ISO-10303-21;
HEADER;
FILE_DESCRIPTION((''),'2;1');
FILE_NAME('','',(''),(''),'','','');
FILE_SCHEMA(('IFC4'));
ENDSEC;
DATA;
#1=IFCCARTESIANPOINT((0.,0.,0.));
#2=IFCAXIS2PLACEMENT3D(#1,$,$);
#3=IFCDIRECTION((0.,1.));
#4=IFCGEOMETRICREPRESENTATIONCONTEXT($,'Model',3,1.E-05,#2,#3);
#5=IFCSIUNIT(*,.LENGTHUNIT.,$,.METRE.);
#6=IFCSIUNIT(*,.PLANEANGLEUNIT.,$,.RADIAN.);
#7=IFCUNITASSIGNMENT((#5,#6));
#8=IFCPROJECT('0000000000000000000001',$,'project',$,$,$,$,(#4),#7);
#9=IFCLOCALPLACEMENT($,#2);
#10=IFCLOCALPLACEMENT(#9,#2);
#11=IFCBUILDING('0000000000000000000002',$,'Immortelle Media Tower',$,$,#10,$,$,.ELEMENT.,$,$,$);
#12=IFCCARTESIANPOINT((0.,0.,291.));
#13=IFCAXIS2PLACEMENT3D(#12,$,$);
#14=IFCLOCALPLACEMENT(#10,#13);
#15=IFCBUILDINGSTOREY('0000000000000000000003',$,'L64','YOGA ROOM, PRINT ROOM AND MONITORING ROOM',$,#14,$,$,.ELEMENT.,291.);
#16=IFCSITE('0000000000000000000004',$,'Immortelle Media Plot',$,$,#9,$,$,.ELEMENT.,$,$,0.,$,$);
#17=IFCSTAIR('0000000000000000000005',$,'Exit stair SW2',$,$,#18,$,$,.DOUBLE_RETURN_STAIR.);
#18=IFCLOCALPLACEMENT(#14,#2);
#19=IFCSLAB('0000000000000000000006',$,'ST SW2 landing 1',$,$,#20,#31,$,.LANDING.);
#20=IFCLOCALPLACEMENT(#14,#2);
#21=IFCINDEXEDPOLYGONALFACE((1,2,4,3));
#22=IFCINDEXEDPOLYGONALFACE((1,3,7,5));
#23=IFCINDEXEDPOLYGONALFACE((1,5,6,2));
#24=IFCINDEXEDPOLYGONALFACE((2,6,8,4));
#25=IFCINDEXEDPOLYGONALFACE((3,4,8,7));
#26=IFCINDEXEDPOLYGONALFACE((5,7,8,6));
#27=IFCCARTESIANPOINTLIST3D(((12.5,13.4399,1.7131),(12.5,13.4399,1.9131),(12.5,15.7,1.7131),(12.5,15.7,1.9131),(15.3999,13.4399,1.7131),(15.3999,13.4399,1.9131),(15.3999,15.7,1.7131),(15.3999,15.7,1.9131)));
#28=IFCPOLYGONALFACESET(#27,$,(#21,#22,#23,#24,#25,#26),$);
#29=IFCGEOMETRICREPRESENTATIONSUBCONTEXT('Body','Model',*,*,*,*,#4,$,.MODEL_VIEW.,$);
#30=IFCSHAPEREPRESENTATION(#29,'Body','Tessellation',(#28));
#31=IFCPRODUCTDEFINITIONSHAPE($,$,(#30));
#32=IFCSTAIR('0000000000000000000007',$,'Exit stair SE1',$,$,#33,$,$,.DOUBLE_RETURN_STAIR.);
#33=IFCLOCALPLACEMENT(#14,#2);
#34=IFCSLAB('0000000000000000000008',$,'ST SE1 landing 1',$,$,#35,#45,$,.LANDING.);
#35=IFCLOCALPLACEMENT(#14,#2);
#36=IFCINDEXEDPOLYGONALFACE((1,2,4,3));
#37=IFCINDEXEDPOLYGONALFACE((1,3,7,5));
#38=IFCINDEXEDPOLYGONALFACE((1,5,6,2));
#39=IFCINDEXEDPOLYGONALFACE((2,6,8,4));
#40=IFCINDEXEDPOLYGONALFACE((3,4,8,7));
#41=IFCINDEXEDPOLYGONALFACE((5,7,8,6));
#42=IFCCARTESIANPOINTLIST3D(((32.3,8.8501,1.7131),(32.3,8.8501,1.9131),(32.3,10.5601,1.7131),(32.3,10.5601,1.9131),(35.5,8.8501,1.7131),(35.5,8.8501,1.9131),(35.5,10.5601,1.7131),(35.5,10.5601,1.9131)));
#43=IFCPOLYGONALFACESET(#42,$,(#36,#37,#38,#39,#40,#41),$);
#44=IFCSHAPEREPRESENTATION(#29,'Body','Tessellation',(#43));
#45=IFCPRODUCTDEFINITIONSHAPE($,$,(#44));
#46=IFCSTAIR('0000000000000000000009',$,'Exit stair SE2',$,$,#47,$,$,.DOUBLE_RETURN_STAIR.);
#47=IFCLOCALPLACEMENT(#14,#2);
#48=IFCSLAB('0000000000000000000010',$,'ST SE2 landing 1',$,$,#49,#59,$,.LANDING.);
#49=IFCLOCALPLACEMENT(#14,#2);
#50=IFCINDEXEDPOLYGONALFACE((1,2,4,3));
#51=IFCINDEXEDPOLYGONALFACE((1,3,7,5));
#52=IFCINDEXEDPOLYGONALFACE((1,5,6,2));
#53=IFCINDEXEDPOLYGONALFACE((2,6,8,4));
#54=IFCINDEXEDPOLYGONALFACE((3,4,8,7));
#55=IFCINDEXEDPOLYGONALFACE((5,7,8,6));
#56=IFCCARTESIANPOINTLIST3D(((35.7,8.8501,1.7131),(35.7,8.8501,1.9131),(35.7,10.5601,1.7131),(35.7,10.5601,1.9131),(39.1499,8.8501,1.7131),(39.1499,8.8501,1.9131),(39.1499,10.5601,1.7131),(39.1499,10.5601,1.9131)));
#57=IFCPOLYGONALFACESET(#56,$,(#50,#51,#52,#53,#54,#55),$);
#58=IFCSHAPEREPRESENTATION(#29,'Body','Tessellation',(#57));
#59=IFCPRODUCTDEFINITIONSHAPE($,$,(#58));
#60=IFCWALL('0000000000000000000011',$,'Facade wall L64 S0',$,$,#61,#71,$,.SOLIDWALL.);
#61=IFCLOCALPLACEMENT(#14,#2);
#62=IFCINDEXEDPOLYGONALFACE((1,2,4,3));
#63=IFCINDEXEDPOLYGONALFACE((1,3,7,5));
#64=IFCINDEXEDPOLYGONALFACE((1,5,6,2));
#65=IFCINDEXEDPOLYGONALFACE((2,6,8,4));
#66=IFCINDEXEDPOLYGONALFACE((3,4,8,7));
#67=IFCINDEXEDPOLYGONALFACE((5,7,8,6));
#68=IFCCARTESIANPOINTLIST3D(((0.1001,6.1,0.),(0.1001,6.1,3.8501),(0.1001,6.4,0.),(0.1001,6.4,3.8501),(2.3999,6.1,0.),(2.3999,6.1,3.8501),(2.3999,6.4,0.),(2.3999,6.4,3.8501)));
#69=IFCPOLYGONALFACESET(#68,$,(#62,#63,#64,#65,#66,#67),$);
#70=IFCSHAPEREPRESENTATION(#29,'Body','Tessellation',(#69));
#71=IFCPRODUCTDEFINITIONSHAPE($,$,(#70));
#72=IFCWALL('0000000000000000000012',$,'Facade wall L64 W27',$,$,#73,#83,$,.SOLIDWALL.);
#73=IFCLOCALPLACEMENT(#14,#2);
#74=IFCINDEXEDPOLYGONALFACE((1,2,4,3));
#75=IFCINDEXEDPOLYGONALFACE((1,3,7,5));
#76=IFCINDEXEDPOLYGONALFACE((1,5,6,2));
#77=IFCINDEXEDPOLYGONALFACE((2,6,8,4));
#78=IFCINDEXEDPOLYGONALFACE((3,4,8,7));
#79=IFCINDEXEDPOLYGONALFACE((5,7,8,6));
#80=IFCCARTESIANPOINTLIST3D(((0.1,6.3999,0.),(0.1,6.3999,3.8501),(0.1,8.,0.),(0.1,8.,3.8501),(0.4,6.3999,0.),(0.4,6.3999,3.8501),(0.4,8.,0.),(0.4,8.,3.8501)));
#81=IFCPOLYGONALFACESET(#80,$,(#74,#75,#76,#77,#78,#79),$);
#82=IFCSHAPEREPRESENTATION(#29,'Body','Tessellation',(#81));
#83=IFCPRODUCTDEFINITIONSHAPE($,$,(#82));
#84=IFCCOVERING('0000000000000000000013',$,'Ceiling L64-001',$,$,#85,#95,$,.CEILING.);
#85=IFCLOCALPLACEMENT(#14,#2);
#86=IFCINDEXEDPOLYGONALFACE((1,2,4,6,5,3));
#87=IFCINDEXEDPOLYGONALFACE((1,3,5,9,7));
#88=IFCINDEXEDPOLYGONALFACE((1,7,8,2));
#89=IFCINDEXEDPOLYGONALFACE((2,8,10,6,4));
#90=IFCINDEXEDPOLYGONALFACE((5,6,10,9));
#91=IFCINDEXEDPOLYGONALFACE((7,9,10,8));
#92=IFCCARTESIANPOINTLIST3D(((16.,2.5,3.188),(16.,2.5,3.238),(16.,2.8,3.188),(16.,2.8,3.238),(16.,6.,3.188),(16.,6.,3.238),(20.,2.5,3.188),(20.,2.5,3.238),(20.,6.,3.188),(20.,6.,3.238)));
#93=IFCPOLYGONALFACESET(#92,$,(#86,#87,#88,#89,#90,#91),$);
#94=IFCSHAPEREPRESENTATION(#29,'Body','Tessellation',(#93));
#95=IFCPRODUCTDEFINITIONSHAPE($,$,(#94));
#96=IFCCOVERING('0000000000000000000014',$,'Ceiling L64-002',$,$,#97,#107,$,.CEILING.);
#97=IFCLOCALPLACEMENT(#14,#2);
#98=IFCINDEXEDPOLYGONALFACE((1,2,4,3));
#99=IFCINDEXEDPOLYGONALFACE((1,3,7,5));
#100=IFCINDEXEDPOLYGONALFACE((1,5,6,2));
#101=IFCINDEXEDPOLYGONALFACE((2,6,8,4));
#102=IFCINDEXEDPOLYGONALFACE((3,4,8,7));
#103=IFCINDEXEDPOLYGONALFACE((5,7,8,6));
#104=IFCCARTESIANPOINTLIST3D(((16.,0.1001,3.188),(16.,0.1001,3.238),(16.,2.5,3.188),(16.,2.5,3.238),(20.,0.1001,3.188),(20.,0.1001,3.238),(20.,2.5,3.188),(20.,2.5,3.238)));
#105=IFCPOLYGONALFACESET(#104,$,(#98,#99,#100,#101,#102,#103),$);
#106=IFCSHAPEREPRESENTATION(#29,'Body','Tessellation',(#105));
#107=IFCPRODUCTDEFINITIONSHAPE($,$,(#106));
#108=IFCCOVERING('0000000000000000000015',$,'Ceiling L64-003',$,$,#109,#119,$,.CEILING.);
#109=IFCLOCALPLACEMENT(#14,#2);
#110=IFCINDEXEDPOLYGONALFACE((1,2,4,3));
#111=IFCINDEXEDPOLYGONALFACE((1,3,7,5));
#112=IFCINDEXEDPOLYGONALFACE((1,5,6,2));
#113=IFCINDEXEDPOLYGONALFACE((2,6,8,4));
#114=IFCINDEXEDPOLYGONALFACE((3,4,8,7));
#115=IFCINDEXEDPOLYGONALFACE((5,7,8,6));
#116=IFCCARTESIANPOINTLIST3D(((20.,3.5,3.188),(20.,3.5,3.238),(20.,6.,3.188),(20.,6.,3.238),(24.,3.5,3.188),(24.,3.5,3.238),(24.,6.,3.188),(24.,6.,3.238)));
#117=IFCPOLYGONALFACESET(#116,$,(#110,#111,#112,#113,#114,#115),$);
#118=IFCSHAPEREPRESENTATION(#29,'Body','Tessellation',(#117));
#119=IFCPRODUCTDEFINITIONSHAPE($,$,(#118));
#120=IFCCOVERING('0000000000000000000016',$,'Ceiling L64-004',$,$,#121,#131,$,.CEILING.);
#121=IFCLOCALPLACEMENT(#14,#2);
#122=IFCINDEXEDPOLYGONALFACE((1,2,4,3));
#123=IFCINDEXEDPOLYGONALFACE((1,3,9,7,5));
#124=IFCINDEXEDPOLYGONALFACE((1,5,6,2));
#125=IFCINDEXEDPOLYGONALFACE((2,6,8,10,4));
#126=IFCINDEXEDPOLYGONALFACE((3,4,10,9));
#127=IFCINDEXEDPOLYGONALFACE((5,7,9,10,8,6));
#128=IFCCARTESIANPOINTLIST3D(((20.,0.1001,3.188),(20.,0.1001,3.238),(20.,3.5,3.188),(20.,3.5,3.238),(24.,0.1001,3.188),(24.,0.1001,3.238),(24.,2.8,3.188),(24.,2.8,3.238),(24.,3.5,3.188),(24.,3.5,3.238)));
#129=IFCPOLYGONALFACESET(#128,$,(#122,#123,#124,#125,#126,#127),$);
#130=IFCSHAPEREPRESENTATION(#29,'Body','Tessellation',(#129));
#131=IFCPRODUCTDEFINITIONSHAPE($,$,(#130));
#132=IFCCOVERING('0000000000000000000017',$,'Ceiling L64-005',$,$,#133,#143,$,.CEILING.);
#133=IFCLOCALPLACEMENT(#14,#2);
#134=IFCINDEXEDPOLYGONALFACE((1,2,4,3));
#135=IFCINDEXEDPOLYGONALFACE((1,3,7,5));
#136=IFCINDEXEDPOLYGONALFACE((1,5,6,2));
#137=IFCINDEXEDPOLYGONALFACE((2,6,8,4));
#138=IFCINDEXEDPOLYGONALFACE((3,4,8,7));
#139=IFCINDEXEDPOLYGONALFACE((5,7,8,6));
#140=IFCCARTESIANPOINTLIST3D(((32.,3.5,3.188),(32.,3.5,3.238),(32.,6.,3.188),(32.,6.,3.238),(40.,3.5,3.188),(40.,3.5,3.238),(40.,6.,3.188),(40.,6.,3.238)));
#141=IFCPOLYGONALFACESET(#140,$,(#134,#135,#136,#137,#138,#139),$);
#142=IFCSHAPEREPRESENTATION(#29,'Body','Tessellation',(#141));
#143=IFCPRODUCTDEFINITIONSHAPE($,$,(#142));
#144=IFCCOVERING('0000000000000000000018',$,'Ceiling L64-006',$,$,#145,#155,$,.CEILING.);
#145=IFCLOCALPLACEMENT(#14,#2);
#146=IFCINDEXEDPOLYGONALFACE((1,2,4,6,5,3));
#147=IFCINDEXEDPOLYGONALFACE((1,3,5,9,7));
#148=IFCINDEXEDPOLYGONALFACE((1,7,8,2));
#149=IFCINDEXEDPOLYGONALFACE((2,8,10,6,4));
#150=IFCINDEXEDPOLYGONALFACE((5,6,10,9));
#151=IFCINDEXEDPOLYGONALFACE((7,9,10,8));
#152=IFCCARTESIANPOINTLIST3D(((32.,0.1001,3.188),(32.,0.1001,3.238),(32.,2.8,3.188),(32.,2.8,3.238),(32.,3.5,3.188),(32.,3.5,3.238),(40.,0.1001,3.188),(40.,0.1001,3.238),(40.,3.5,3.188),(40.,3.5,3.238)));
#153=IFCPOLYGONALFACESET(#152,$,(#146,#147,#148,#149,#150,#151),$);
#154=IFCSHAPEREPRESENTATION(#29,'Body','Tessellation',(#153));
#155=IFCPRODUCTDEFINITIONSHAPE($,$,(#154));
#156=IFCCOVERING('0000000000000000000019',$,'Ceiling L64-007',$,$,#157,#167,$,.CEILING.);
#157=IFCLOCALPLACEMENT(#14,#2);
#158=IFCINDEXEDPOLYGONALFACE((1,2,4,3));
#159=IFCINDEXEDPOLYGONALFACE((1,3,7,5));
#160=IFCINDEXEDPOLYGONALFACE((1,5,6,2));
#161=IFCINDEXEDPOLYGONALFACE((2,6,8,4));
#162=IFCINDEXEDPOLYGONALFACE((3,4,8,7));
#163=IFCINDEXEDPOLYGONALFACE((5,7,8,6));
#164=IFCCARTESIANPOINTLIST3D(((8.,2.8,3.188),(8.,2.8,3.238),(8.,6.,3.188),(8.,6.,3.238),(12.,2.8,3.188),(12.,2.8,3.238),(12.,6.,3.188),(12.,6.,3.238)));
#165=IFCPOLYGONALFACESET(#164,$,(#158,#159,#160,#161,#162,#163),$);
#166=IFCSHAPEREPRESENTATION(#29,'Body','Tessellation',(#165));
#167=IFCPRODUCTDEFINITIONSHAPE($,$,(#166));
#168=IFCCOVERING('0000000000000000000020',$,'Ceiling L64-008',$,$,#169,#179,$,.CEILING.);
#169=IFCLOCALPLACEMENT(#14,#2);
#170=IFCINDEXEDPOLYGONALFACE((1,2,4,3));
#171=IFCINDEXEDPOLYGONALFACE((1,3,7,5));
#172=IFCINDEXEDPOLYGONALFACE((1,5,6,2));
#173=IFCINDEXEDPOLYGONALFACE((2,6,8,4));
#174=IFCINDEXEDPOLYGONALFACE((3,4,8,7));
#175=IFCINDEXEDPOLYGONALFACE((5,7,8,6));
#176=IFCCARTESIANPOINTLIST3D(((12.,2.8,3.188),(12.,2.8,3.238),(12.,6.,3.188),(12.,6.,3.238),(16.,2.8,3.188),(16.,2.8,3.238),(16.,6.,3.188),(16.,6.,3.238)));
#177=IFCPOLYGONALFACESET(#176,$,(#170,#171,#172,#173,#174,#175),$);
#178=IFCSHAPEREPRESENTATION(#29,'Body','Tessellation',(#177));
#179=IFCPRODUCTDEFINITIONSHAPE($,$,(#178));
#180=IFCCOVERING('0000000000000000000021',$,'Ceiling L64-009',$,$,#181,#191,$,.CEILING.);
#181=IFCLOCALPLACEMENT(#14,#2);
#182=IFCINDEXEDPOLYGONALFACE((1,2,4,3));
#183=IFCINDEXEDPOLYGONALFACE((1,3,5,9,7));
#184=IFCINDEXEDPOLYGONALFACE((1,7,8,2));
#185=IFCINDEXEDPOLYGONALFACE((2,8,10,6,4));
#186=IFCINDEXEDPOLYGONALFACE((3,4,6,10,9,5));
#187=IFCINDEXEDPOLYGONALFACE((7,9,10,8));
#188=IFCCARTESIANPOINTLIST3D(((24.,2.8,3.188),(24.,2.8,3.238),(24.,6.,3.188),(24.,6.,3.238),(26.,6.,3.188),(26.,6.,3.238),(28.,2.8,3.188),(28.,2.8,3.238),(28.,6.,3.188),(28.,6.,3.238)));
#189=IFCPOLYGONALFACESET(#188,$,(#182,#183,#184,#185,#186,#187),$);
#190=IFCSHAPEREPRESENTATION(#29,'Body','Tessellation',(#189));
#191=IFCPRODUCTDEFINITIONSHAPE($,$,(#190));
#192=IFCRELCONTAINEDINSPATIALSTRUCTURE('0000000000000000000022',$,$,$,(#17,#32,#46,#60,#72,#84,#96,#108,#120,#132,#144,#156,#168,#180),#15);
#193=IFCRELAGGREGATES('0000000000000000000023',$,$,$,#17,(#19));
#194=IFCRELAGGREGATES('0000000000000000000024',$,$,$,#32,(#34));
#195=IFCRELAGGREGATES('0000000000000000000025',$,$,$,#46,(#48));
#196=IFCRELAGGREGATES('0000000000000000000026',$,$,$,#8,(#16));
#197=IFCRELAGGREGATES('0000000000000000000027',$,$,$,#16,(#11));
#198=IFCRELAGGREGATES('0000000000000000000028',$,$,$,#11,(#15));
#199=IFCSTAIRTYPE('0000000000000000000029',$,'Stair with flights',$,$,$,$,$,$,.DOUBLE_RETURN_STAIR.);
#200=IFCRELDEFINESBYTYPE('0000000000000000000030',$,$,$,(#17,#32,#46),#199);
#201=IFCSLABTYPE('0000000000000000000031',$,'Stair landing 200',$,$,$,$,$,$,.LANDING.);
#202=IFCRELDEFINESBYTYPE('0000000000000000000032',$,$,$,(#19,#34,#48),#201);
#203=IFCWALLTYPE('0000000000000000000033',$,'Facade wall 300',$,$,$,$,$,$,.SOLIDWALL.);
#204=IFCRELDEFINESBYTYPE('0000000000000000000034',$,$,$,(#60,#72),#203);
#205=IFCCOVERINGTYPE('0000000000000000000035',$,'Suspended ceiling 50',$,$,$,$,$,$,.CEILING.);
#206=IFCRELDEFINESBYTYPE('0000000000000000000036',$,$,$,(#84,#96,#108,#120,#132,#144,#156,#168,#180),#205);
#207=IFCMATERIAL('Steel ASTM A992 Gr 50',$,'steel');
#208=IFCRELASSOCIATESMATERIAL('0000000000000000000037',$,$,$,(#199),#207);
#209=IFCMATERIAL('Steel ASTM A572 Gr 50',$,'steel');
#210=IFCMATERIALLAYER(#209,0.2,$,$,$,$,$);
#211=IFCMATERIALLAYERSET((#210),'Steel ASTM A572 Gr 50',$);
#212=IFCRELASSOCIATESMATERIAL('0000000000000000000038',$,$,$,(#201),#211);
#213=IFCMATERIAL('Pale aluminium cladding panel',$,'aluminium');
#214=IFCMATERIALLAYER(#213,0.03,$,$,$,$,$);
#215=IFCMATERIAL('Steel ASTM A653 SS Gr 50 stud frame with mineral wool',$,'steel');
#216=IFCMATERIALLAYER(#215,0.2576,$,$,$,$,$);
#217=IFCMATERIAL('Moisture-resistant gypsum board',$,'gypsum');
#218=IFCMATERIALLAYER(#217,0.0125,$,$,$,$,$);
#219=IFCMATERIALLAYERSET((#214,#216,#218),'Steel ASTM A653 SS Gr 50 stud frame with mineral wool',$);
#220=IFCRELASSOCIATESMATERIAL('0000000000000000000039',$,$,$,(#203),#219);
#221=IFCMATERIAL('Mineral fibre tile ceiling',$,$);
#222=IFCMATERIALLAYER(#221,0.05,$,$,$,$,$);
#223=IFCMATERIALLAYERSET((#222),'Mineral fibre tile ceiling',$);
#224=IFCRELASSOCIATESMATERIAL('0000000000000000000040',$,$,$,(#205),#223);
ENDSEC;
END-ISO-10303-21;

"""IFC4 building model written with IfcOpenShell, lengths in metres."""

from ifc_helpers import new_model, si_unit, direction, frame, frame_2d, origin, place, context, subcontext, project, spatial, polyline, rectangle, outline, extrude, material, layer, layer_set, type_object, element, aggregate, save


model = new_model("IFC4")

# Units and contexts
model_context = context("Model", 3, precision=1e-05, world=origin(), true_north=direction((0.0, 1.0)))
body_context = subcontext(model_context, "Body", "Model", "MODEL_VIEW")
ifc_project = project(units=[si_unit("LENGTHUNIT", "METRE"), si_unit("PLANEANGLEUNIT", "RADIAN")], contexts=[model_context])

# Site, building, storey
site_placement = place(None, origin())
site = spatial("IfcSite", under=ifc_project, at=site_placement, Name="Immortelle Media Plot", CompositionType="ELEMENT", RefElevation=0.0)
building_placement = place(site_placement, origin())
building = spatial("IfcBuilding", under=site, at=building_placement, Name="Immortelle Media Tower", CompositionType="ELEMENT")
storey_placement = place(building_placement, frame((0.0, 0.0, 291.0)))
storey = spatial("IfcBuildingStorey", under=building, at=storey_placement, Name="L64", Description="YOGA ROOM, PRINT ROOM AND MONITORING ROOM", CompositionType="ELEMENT", Elevation=291.0)

# Shared definitions
ifc_material_1 = material(Name="Steel ASTM A992 Gr 50", Category="steel")

# Stairs, slabs
stair_type = type_object("IfcStairType", Name="Stair with flights", PredefinedType="DOUBLE_RETURN_STAIR", material=ifc_material_1)
ifc_material_2 = material(Name="Steel ASTM A572 Gr 50", Category="steel")
ifc_layer_1 = layer(ifc_material_2, 0.2)
ifc_layer_set_1 = layer_set([ifc_layer_1], Name="Steel ASTM A572 Gr 50")
slab_type_1 = type_object("IfcSlabType", Name="Stair landing 200", PredefinedType="LANDING", material=ifc_layer_set_1)
stair_1_placement = place(storey_placement, origin())
stair_1 = element("IfcStair", 1, at=stair_1_placement, inside=storey, type_object=stair_type, Name="Exit stair SW2", PredefinedType="DOUBLE_RETURN_STAIR")
slab_1_placement = place(storey_placement, frame((0.0, 0.0, 1.7131)))
slab_1 = element("IfcSlab", 2, at=slab_1_placement, type_object=slab_type_1, Name="ST SW2 landing 1", PredefinedType="LANDING", context=body_context, shape_type="SweptSolid", body=[
    extrude(outline(polyline([(12.5, 13.4399), (15.3999, 13.4399), (15.3999, 15.7), (12.5, 15.7), (12.5, 13.4399)])), origin(), (0.0, 0.0, 1.0), 0.2),
])
aggregate(stair_1, [slab_1])
stair_2_placement = place(storey_placement, origin())
stair_2 = element("IfcStair", 3, at=stair_2_placement, inside=storey, type_object=stair_type, Name="Exit stair SE1", PredefinedType="DOUBLE_RETURN_STAIR")
slab_2_placement = place(storey_placement, frame((0.0, 0.0, 1.7131)))
slab_2 = element("IfcSlab", 4, at=slab_2_placement, type_object=slab_type_1, Name="ST SE1 landing 1", PredefinedType="LANDING", context=body_context, shape_type="SweptSolid", body=[
    extrude(outline(polyline([(32.3, 8.8501), (35.5, 8.8501), (35.5, 10.5601), (32.3, 10.5601), (32.3, 8.8501)])), origin(), (0.0, 0.0, 1.0), 0.2),
])
aggregate(stair_2, [slab_2])
stair_3_placement = place(storey_placement, origin())
stair_3 = element("IfcStair", 5, at=stair_3_placement, inside=storey, type_object=stair_type, Name="Exit stair SE2", PredefinedType="DOUBLE_RETURN_STAIR")
slab_3_placement = place(storey_placement, frame((0.0, 0.0, 1.7131)))
slab_3 = element("IfcSlab", 6, at=slab_3_placement, type_object=slab_type_1, Name="ST SE2 landing 1", PredefinedType="LANDING", context=body_context, shape_type="SweptSolid", body=[
    extrude(outline(polyline([(35.7, 8.8501), (39.1499, 8.8501), (39.1499, 10.5601), (35.7, 10.5601), (35.7, 8.8501)])), origin(), (0.0, 0.0, 1.0), 0.2),
])
aggregate(stair_3, [slab_3])

# Walls
ifc_material_3 = material(Name="Pale aluminium cladding panel", Category="aluminium")
ifc_layer_2 = layer(ifc_material_3, 0.03)
ifc_material_4 = material(Name="Steel ASTM A653 SS Gr 50 stud frame with mineral wool", Category="steel")
ifc_layer_3 = layer(ifc_material_4, 0.2576)
ifc_material_5 = material(Name="Moisture-resistant gypsum board", Category="gypsum")
ifc_layer_4 = layer(ifc_material_5, 0.0125)
ifc_layer_set_2 = layer_set([ifc_layer_2, ifc_layer_3, ifc_layer_4], Name="Steel ASTM A653 SS Gr 50 stud frame with mineral wool")
wall_type = type_object("IfcWallType", Name="Facade wall 300", PredefinedType="SOLIDWALL", material=ifc_layer_set_2)
wall_1_placement = place(storey_placement, frame((0.1001, 6.25, 0.0), z_axis=(0.0, 0.0, 1.0), x_axis=(1.0, 0.0, 0.0)))
element("IfcWall", 7, at=wall_1_placement, inside=storey, type_object=wall_type, Name="Facade wall L64 S0", PredefinedType="SOLIDWALL", context=body_context, shape_type="SweptSolid", body=[
    extrude(rectangle(XDim=2.2998, YDim=0.3, at=frame_2d((1.1499, 0.0))), origin(), (0.0, 0.0, 1.0), 3.8501),
])
wall_2_placement = place(storey_placement, frame((0.25, 8.0, 0.0), z_axis=(0.0, 0.0, 1.0), x_axis=(0.0, -1.0, 0.0)))
element("IfcWall", 8, at=wall_2_placement, inside=storey, type_object=wall_type, Name="Facade wall L64 W27", PredefinedType="SOLIDWALL", context=body_context, shape_type="SweptSolid", body=[
    extrude(rectangle(XDim=1.6001, YDim=0.3, at=frame_2d((0.8, 0.0))), origin(), (0.0, 0.0, 1.0), 3.8501),
])

# Coverings
ifc_material_6 = material(Name="Mineral fibre tile ceiling")
ifc_layer_5 = layer(ifc_material_6, 0.05)
ifc_layer_set_3 = layer_set([ifc_layer_5], Name="Mineral fibre tile ceiling")
covering_type = type_object("IfcCoveringType", Name="Suspended ceiling 50", PredefinedType="CEILING", material=ifc_layer_set_3)
covering_1_placement = place(storey_placement, frame((0.0, 0.0, 3.188)))
element("IfcCovering", 9, at=covering_1_placement, inside=storey, type_object=covering_type, Name="Ceiling L64-001", PredefinedType="CEILING", context=body_context, shape_type="SweptSolid", body=[
    extrude(outline(polyline([(16.0, 6.0), (20.0, 6.0), (20.0, 2.5), (16.0, 2.5), (16.0, 2.8), (16.0, 6.0)])), origin(), (0.0, 0.0, 1.0), 0.05),
])
covering_2_placement = place(storey_placement, frame((0.0, 0.0, 3.188)))
element("IfcCovering", 10, at=covering_2_placement, inside=storey, type_object=covering_type, Name="Ceiling L64-002", PredefinedType="CEILING", context=body_context, shape_type="SweptSolid", body=[
    extrude(outline(polyline([(20.0, 0.1001), (16.0, 0.1001), (16.0, 2.5), (20.0, 2.5), (20.0, 0.1001)])), origin(), (0.0, 0.0, 1.0), 0.05),
])
covering_3_placement = place(storey_placement, frame((0.0, 0.0, 3.188)))
element("IfcCovering", 11, at=covering_3_placement, inside=storey, type_object=covering_type, Name="Ceiling L64-003", PredefinedType="CEILING", context=body_context, shape_type="SweptSolid", body=[
    extrude(outline(polyline([(24.0, 3.5), (20.0, 3.5), (20.0, 6.0), (24.0, 6.0), (24.0, 3.5)])), origin(), (0.0, 0.0, 1.0), 0.05),
])
covering_4_placement = place(storey_placement, frame((0.0, 0.0, 3.188)))
element("IfcCovering", 12, at=covering_4_placement, inside=storey, type_object=covering_type, Name="Ceiling L64-004", PredefinedType="CEILING", context=body_context, shape_type="SweptSolid", body=[
    extrude(outline(polyline([(24.0, 2.8), (24.0, 0.1001), (20.0, 0.1001), (20.0, 3.5), (24.0, 3.5), (24.0, 2.8)])), origin(), (0.0, 0.0, 1.0), 0.05),
])
covering_5_placement = place(storey_placement, frame((0.0, 0.0, 3.188)))
element("IfcCovering", 13, at=covering_5_placement, inside=storey, type_object=covering_type, Name="Ceiling L64-005", PredefinedType="CEILING", context=body_context, shape_type="SweptSolid", body=[
    extrude(outline(polyline([(32.0, 6.0), (40.0, 6.0), (40.0, 3.5), (32.0, 3.5), (32.0, 6.0)])), origin(), (0.0, 0.0, 1.0), 0.05),
])
covering_6_placement = place(storey_placement, frame((0.0, 0.0, 3.188)))
element("IfcCovering", 14, at=covering_6_placement, inside=storey, type_object=covering_type, Name="Ceiling L64-006", PredefinedType="CEILING", context=body_context, shape_type="SweptSolid", body=[
    extrude(outline(polyline([(32.0, 2.8), (32.0, 3.5), (40.0, 3.5), (40.0, 0.1001), (32.0, 0.1001), (32.0, 2.8)])), origin(), (0.0, 0.0, 1.0), 0.05),
])
covering_7_placement = place(storey_placement, frame((0.0, 0.0, 3.188)))
element("IfcCovering", 15, at=covering_7_placement, inside=storey, type_object=covering_type, Name="Ceiling L64-007", PredefinedType="CEILING", context=body_context, shape_type="SweptSolid", body=[
    extrude(outline(polyline([(8.0, 6.0), (12.0, 6.0), (12.0, 2.8), (8.0, 2.8), (8.0, 6.0)])), origin(), (0.0, 0.0, 1.0), 0.05),
])
covering_8_placement = place(storey_placement, frame((0.0, 0.0, 3.188)))
element("IfcCovering", 16, at=covering_8_placement, inside=storey, type_object=covering_type, Name="Ceiling L64-008", PredefinedType="CEILING", context=body_context, shape_type="SweptSolid", body=[
    extrude(outline(polyline([(16.0, 6.0), (16.0, 2.8), (12.0, 2.8), (12.0, 6.0), (16.0, 6.0)])), origin(), (0.0, 0.0, 1.0), 0.05),
])
covering_9_placement = place(storey_placement, frame((0.0, 0.0, 3.188)))
element("IfcCovering", 17, at=covering_9_placement, inside=storey, type_object=covering_type, Name="Ceiling L64-009", PredefinedType="CEILING", context=body_context, shape_type="SweptSolid", body=[
    extrude(outline(polyline([(24.0, 6.0), (26.0, 6.0), (28.0, 6.0), (28.0, 2.8), (24.0, 2.8), (24.0, 6.0)])), origin(), (0.0, 0.0, 1.0), 0.05),
])

save(model, "model.ifc")
